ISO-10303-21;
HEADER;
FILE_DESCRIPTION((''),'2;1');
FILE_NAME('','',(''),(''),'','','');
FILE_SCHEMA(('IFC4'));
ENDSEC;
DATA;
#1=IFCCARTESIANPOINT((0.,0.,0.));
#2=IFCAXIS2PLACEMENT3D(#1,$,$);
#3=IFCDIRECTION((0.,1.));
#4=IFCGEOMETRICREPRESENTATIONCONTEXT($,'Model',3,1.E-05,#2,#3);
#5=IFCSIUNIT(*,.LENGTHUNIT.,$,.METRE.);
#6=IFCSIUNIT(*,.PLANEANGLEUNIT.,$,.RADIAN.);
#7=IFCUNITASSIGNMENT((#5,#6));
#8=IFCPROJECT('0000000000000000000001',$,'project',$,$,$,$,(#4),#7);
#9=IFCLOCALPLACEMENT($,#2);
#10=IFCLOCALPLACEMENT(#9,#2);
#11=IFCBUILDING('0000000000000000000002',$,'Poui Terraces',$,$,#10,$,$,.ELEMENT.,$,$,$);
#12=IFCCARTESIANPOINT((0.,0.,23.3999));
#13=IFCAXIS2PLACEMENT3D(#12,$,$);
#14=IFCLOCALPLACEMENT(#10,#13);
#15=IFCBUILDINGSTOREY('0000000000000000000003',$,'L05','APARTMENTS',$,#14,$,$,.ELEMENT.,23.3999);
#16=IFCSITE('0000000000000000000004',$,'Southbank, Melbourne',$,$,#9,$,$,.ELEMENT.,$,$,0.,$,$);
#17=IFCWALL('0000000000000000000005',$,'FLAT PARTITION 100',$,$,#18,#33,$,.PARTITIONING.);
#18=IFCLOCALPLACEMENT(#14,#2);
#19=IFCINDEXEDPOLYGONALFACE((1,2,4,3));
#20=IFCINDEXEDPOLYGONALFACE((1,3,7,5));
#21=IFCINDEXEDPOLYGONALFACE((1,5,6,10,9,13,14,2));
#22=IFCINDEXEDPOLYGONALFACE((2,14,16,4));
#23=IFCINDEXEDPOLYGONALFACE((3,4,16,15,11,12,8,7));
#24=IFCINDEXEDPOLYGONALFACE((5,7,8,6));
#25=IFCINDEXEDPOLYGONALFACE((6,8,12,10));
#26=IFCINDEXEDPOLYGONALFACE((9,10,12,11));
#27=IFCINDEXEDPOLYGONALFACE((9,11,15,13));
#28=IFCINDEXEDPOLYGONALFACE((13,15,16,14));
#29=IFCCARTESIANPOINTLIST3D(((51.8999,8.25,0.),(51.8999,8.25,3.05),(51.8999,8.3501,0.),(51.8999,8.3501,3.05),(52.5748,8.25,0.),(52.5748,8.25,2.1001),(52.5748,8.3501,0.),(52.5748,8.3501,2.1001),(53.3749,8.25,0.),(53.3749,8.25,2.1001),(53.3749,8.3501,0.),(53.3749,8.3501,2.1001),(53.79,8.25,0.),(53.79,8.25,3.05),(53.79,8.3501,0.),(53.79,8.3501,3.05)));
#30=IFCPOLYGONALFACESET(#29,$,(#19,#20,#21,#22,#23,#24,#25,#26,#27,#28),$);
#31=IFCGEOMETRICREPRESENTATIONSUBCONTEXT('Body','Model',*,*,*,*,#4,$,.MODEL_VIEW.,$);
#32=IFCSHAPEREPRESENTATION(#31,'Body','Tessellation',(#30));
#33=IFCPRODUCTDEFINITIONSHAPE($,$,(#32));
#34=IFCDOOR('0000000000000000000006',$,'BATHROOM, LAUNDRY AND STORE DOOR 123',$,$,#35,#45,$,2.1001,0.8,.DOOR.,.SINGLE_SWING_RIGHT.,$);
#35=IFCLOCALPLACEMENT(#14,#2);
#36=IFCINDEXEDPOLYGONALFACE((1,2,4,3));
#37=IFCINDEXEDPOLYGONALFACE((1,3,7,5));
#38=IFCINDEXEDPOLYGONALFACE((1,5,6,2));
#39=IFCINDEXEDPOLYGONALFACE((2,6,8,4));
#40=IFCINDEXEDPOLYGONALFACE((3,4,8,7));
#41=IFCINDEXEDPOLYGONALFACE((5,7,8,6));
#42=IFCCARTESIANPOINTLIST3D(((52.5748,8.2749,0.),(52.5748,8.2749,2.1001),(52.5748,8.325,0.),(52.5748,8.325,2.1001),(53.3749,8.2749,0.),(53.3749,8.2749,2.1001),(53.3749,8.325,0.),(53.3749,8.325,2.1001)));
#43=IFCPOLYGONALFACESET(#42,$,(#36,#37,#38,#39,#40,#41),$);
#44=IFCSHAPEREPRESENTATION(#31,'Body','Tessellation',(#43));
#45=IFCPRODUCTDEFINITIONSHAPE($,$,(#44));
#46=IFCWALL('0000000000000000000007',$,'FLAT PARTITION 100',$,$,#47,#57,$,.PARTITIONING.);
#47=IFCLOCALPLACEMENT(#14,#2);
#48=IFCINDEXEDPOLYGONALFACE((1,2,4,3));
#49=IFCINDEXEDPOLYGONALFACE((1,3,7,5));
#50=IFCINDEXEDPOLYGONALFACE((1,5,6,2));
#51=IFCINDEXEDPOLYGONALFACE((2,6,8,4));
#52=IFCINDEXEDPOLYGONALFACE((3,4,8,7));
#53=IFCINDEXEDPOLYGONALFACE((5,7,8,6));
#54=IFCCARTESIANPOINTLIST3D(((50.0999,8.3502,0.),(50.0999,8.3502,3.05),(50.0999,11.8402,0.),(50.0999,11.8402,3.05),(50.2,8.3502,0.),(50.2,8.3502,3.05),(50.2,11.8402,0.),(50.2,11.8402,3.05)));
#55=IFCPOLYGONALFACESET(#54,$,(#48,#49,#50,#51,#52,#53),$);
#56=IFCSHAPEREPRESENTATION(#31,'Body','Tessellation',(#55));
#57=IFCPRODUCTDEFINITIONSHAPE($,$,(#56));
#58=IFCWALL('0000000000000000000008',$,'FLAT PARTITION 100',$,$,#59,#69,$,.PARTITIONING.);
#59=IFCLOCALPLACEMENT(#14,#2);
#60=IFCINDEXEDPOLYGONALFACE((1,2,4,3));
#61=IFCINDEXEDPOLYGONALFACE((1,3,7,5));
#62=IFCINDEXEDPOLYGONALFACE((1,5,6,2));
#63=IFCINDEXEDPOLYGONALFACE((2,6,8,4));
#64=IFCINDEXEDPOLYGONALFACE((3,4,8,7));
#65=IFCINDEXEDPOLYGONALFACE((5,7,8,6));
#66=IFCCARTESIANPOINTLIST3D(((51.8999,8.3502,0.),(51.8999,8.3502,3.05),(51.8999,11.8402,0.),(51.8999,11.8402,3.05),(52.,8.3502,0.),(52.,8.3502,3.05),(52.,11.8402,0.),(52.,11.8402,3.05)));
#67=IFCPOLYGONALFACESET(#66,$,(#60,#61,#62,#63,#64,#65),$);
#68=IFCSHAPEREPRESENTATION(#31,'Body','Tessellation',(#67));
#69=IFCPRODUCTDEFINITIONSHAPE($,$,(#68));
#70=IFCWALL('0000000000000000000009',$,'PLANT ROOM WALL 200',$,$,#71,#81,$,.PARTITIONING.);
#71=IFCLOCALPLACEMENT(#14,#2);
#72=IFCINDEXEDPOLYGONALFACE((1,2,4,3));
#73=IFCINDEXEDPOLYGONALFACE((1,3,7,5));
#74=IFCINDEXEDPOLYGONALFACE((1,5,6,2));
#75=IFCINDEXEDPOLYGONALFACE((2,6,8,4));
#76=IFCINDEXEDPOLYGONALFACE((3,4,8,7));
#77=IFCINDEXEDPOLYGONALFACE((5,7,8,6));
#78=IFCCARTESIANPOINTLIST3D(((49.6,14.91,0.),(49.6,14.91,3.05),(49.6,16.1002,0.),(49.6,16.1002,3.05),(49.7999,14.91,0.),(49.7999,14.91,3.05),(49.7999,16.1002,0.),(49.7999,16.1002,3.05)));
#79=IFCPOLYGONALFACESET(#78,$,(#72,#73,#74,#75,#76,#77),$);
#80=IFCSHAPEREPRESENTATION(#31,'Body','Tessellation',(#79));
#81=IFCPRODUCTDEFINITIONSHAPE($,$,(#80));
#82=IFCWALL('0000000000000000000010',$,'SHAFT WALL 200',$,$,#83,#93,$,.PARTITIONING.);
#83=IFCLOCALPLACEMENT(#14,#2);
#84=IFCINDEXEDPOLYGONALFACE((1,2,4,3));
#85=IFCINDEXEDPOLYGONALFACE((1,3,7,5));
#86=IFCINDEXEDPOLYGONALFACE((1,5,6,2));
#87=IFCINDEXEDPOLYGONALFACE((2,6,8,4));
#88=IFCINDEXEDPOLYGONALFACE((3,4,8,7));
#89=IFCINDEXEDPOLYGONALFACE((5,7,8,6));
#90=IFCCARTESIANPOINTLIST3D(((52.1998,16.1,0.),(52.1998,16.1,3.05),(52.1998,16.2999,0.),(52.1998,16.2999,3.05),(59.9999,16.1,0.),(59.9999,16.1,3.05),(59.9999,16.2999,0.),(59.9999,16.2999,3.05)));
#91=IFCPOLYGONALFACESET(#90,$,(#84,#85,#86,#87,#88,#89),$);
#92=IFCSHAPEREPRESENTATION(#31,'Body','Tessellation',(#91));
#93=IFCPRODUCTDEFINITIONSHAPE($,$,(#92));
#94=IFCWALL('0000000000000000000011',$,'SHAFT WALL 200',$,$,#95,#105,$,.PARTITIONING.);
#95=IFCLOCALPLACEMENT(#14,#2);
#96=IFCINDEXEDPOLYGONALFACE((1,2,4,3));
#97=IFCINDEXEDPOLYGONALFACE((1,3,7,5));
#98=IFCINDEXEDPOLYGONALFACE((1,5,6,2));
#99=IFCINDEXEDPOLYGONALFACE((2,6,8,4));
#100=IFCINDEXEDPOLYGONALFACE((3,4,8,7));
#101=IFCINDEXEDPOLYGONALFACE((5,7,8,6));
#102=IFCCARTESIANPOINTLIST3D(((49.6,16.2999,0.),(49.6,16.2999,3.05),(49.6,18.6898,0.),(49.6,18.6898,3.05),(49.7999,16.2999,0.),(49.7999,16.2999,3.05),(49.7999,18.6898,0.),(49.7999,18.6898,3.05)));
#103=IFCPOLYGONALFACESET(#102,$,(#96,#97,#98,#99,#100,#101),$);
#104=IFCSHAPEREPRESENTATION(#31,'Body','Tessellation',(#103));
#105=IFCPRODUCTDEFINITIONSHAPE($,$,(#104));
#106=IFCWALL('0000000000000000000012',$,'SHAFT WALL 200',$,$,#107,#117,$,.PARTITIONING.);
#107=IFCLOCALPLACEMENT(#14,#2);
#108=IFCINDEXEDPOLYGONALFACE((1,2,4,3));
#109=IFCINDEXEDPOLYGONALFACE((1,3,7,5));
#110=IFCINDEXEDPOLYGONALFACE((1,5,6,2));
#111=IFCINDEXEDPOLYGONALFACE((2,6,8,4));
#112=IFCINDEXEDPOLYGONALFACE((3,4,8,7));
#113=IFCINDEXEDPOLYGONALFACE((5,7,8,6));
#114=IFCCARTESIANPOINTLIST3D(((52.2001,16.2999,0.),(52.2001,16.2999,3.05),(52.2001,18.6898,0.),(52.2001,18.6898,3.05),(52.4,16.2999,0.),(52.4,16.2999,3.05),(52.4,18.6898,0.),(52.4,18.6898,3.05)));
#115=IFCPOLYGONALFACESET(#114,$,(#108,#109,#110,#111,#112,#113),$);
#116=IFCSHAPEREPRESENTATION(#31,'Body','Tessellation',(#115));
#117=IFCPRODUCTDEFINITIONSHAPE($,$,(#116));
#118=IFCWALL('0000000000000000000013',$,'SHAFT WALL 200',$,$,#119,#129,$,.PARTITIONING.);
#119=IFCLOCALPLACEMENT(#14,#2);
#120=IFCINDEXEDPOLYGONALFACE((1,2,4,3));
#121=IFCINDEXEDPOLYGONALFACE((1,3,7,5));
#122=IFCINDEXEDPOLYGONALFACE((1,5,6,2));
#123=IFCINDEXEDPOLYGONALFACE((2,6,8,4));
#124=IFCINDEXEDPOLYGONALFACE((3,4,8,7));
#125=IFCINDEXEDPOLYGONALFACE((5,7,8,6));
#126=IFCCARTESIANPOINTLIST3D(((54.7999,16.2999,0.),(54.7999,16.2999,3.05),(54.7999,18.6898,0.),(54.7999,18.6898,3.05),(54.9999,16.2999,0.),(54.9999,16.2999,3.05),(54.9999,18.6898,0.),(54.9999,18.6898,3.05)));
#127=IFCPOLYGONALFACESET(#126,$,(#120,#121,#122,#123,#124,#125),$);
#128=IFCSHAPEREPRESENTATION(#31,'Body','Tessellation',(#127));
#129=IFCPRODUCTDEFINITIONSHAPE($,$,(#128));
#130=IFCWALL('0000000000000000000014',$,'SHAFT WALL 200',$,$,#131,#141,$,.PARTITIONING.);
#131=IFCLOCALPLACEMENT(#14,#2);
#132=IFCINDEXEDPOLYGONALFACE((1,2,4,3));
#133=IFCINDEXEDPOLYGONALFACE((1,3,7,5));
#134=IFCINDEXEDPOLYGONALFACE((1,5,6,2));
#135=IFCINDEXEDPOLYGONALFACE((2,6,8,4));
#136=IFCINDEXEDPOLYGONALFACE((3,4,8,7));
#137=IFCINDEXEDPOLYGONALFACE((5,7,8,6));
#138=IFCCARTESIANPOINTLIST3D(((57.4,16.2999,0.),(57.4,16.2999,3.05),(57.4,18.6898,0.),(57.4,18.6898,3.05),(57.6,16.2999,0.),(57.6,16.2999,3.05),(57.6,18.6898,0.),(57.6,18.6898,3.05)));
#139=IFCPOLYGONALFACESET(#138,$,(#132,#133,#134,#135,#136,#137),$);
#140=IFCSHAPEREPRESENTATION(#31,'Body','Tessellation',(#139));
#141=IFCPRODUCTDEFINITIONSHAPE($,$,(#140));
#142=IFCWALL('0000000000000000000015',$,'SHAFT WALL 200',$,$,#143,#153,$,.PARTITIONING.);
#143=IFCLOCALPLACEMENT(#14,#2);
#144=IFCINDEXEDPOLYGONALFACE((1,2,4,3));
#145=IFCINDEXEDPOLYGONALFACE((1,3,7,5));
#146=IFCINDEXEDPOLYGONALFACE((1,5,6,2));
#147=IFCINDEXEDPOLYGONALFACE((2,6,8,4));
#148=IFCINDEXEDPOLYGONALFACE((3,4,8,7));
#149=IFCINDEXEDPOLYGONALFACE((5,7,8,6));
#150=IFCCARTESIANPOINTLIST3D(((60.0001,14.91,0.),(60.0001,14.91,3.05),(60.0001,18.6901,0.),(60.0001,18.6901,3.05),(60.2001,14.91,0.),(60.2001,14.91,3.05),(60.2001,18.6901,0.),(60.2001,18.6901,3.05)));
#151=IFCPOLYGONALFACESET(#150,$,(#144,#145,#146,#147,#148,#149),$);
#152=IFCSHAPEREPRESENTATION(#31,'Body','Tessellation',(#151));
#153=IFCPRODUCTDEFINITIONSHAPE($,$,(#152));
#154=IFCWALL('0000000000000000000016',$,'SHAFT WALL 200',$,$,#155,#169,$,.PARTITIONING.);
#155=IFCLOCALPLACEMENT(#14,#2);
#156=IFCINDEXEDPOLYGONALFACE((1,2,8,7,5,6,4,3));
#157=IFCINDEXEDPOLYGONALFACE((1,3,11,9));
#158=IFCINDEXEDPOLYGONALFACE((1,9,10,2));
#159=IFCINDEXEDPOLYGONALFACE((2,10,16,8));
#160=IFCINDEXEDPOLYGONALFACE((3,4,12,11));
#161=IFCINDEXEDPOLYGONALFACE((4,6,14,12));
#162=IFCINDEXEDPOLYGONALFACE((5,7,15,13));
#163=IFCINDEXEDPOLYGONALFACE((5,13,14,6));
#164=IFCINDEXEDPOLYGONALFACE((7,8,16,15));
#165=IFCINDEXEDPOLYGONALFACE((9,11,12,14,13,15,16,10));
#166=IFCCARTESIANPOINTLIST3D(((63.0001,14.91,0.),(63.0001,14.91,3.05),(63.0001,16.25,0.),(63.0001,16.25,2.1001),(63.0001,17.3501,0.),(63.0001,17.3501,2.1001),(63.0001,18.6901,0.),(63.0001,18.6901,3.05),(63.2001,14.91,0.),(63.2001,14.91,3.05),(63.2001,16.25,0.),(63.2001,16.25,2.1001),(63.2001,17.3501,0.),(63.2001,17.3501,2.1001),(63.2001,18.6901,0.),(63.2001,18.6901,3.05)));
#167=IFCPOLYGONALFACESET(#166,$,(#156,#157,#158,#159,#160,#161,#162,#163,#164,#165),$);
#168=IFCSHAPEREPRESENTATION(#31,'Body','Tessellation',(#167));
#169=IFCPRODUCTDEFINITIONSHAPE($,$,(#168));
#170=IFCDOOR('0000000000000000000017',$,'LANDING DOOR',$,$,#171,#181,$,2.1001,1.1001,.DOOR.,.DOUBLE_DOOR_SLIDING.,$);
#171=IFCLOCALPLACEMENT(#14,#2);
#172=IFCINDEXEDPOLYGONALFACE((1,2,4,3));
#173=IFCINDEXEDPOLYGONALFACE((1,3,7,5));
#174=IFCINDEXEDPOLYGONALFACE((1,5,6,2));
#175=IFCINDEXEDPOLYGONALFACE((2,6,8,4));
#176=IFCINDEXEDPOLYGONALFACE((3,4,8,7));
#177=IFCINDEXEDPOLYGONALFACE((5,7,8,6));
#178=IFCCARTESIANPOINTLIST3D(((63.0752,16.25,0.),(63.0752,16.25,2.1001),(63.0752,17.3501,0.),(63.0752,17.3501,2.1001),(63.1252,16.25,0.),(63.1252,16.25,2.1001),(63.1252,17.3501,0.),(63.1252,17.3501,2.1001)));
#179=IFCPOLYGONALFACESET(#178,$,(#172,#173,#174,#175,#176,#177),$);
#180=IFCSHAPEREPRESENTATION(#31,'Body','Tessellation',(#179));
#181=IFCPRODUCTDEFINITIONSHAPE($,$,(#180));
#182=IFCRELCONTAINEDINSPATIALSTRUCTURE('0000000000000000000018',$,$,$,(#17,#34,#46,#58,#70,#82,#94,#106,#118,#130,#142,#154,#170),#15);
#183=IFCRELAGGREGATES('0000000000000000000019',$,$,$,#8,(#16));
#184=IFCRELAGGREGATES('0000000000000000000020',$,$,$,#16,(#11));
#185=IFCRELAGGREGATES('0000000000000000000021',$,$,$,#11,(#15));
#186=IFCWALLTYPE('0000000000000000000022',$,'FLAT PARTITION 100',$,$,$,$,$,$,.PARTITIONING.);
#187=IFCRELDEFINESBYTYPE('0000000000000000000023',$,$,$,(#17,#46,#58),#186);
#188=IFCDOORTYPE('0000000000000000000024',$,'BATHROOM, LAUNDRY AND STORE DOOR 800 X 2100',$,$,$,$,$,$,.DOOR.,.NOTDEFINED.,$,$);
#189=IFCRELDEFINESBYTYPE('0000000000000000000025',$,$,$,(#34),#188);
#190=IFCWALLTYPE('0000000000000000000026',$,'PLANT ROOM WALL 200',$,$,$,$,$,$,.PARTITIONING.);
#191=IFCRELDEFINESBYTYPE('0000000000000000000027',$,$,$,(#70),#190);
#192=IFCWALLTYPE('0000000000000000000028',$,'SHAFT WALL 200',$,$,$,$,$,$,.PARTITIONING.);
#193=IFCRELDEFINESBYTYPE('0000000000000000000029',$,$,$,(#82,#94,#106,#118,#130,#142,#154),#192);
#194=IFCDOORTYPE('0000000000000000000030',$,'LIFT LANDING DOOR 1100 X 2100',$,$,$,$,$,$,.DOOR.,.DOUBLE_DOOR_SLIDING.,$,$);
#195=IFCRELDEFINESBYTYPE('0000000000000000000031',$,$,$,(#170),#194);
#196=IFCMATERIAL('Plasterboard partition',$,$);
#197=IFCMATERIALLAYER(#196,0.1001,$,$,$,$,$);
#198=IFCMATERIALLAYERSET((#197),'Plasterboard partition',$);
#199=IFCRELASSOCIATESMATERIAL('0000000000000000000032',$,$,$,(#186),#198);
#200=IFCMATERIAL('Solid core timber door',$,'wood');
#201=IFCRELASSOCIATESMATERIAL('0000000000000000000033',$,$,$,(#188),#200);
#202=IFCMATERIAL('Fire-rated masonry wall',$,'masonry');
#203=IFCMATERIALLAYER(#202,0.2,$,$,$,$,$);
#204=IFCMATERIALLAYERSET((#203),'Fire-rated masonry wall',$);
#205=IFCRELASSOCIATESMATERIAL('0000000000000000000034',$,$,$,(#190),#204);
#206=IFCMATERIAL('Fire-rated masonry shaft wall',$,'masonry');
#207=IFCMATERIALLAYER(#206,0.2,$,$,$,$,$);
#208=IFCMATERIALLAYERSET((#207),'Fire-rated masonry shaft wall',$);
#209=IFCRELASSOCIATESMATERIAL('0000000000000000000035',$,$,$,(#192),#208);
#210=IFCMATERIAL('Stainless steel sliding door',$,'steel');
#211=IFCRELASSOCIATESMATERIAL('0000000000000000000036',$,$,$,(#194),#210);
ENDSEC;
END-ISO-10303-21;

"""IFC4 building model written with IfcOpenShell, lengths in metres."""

from ifc_helpers import new_model, si_unit, direction, frame, frame_2d, origin, place, context, subcontext, project, spatial, rectangle, extrude, material, layer, layer_set, type_object, element, fill, save


model = new_model("IFC4")

# Units and contexts
model_context = context("Model", 3, precision=1e-05, world=origin(), true_north=direction((0.0, 1.0)))
body_context = subcontext(model_context, "Body", "Model", "MODEL_VIEW")
ifc_project = project(units=[si_unit("LENGTHUNIT", "METRE"), si_unit("PLANEANGLEUNIT", "RADIAN")], contexts=[model_context])

# Site, building, storey
site_placement = place(None, origin())
site = spatial("IfcSite", under=ifc_project, at=site_placement, Name="Southbank, Melbourne", CompositionType="ELEMENT", RefElevation=0.0)
building_placement = place(site_placement, origin())
building = spatial("IfcBuilding", under=site, at=building_placement, Name="Poui Terraces", CompositionType="ELEMENT")
storey_placement = place(building_placement, frame((0.0, 0.0, 23.3999)))
storey = spatial("IfcBuildingStorey", under=building, at=storey_placement, Name="L05", Description="APARTMENTS", CompositionType="ELEMENT", Elevation=23.3999)

# Wall, opening, door
ifc_material_1 = material(Name="Plasterboard partition")
ifc_layer_1 = layer(ifc_material_1, 0.1001)
ifc_layer_set_1 = layer_set([ifc_layer_1], Name="Plasterboard partition")
wall_type_1 = type_object("IfcWallType", Name="FLAT PARTITION 100", PredefinedType="PARTITIONING", material=ifc_layer_set_1)
ifc_material_2 = material(Name="Solid core timber door", Category="wood")
wall_1_placement = place(storey_placement, frame((51.8999, 8.3, 0.0), z_axis=(0.0, 0.0, 1.0), x_axis=(1.0, 0.0, 0.0)))
wall_1 = element("IfcWall", 1, at=wall_1_placement, inside=storey, type_object=wall_type_1, Name="FLAT PARTITION 100", PredefinedType="PARTITIONING", context=body_context, shape_type="SweptSolid", body=[
    extrude(rectangle(XDim=1.8901, YDim=0.1001, at=frame_2d((0.9451, 0.0))), origin(), (0.0, 0.0, 1.0), 3.05),
])
opening_1_placement = place(wall_1_placement, frame((0.675, 0.0, 0.0)))
opening_1 = element("IfcOpeningElement", 2, at=opening_1_placement, cuts=wall_1, PredefinedType="OPENING", context=body_context, shape_type="SweptSolid", body=[
    extrude(rectangle(XDim=0.8, YDim=2.1001, at=frame_2d((0.3999, 1.05))), frame((0.0, 0.0601, 0.0), z_axis=(0.0, -1.0, 0.0), x_axis=(1.0, 0.0, 0.0)), (0.0, 0.0, 1.0), 0.1201),
])
door_type_1 = type_object("IfcDoorType", Name="BATHROOM, LAUNDRY AND STORE DOOR 800 X 2100", OperationType="NOTDEFINED", PredefinedType="DOOR", material=ifc_material_2)
door_1_placement = place(opening_1_placement, origin())
door_1 = element("IfcDoor", 3, at=door_1_placement, inside=storey, type_object=door_type_1, Name="BATHROOM, LAUNDRY AND STORE DOOR 123", OperationType="SINGLE_SWING_RIGHT", OverallHeight=2.1001, OverallWidth=0.8, PredefinedType="DOOR", context=body_context, shape_type="SweptSolid", body=[
    extrude(rectangle(XDim=0.8, YDim=2.1001, at=frame_2d((0.3999, 1.05))), frame((0.0, 0.0249, 0.0), z_axis=(0.0, -1.0, 0.0), x_axis=(1.0, 0.0, 0.0)), (0.0, 0.0, 1.0), 0.05),
])
fill(opening_1, door_1)

# Walls
for number, where, z_axis, x_axis, name in (
    (4, (50.1499, 8.3501, 0.0), (0.0, 0.0, 1.0), (0.0, 1.0, 0.0), "FLAT PARTITION 100"),
    (5, (51.95, 8.3501, 0.0), (0.0, 0.0, 1.0), (0.0, 1.0, 0.0), "FLAT PARTITION 100"),
):
    element("IfcWall", number, at=place(storey_placement, frame(where, z_axis=z_axis, x_axis=x_axis)), inside=storey, type_object=wall_type_1, Name=name, PredefinedType="PARTITIONING", context=body_context, shape_type="SweptSolid", body=[
        extrude(rectangle(XDim=3.49, YDim=0.1001, at=frame_2d((1.7451, 0.0))), origin(), (0.0, 0.0, 1.0), 3.05),
    ])
ifc_material_3 = material(Name="Fire-rated masonry wall", Category="masonry")
ifc_layer_2 = layer(ifc_material_3, 0.2)
ifc_layer_set_2 = layer_set([ifc_layer_2], Name="Fire-rated masonry wall")
wall_type_2 = type_object("IfcWallType", Name="PLANT ROOM WALL 200", PredefinedType="PARTITIONING", material=ifc_layer_set_2)
wall_2_placement = place(storey_placement, frame((49.7, 14.9099, 0.0), z_axis=(0.0, 0.0, 1.0), x_axis=(0.0, 1.0, 0.0)))
element("IfcWall", 6, at=wall_2_placement, inside=storey, type_object=wall_type_2, Name="PLANT ROOM WALL 200", PredefinedType="PARTITIONING", context=body_context, shape_type="SweptSolid", body=[
    extrude(rectangle(XDim=1.1902, YDim=0.2, at=frame_2d((0.5952, 0.0))), origin(), (0.0, 0.0, 1.0), 3.05),
])
ifc_material_4 = material(Name="Fire-rated masonry shaft wall", Category="masonry")
ifc_layer_3 = layer(ifc_material_4, 0.2)
ifc_layer_set_3 = layer_set([ifc_layer_3], Name="Fire-rated masonry shaft wall")
wall_type_3 = type_object("IfcWallType", Name="SHAFT WALL 200", PredefinedType="PARTITIONING", material=ifc_layer_set_3)
wall_3_placement = place(storey_placement, frame((52.2, 16.2, 0.0), z_axis=(0.0, 0.0, 1.0), x_axis=(1.0, 0.0, 0.0)))
element("IfcWall", 7, at=wall_3_placement, inside=storey, type_object=wall_type_3, Name="SHAFT WALL 200", PredefinedType="PARTITIONING", context=body_context, shape_type="SweptSolid", body=[
    extrude(rectangle(XDim=7.8, YDim=0.2, at=frame_2d((3.8999, 0.0))), origin(), (0.0, 0.0, 1.0), 3.05),
])
for number, where, z_axis, x_axis, name in (
    (8, (49.7, 16.3, 0.0), (0.0, 0.0, 1.0), (0.0, 1.0, 0.0), "SHAFT WALL 200"),
    (9, (52.3, 16.3, 0.0), (0.0, 0.0, 1.0), (0.0, 1.0, 0.0), "SHAFT WALL 200"),
    (10, (54.8999, 16.3, 0.0), (0.0, 0.0, 1.0), (0.0, 1.0, 0.0), "SHAFT WALL 200"),
    (11, (57.5, 16.3, 0.0), (0.0, 0.0, 1.0), (0.0, 1.0, 0.0), "SHAFT WALL 200"),
):
    element("IfcWall", number, at=place(storey_placement, frame(where, z_axis=z_axis, x_axis=x_axis)), inside=storey, type_object=wall_type_3, Name=name, PredefinedType="PARTITIONING", context=body_context, shape_type="SweptSolid", body=[
        extrude(rectangle(XDim=2.3899, YDim=0.2, at=frame_2d((1.1948, 0.0))), origin(), (0.0, 0.0, 1.0), 3.05),
    ])
wall_4_placement = place(storey_placement, frame((60.1001, 14.9099, 0.0), z_axis=(0.0, 0.0, 1.0), x_axis=(0.0, 1.0, 0.0)))
element("IfcWall", 12, at=wall_4_placement, inside=storey, type_object=wall_type_3, Name="SHAFT WALL 200", PredefinedType="PARTITIONING", context=body_context, shape_type="SweptSolid", body=[
    extrude(rectangle(XDim=3.78, YDim=0.2, at=frame_2d((1.8901, 0.0))), origin(), (0.0, 0.0, 1.0), 3.05),
])

# Wall, opening, door
wall_5_placement = place(storey_placement, frame((63.1001, 14.9099, 0.0), z_axis=(0.0, 0.0, 1.0), x_axis=(0.0, 1.0, 0.0)))
wall_5 = element("IfcWall", 13, at=wall_5_placement, inside=storey, type_object=wall_type_3, Name="SHAFT WALL 200", PredefinedType="PARTITIONING", context=body_context, shape_type="SweptSolid", body=[
    extrude(rectangle(XDim=3.78, YDim=0.2, at=frame_2d((1.8901, 0.0))), origin(), (0.0, 0.0, 1.0), 3.05),
])
opening_2_placement = place(wall_5_placement, frame((1.3401, 0.0, 0.0)))
opening_2 = element("IfcOpeningElement", 14, at=opening_2_placement, cuts=wall_5, PredefinedType="OPENING", context=body_context, shape_type="SweptSolid", body=[
    extrude(rectangle(XDim=1.1001, YDim=2.1001, at=frame_2d((0.55, 1.05))), frame((0.0, 0.1099, 0.0), z_axis=(0.0, -1.0, 0.0), x_axis=(1.0, 0.0, 0.0)), (0.0, 0.0, 1.0), 0.22),
])
ifc_material_5 = material(Name="Stainless steel sliding door", Category="steel")
door_type_2 = type_object("IfcDoorType", Name="LIFT LANDING DOOR 1100 X 2100", OperationType="DOUBLE_DOOR_SLIDING", PredefinedType="DOOR", material=ifc_material_5)
door_2_placement = place(opening_2_placement, origin())
door_2 = element("IfcDoor", 15, at=door_2_placement, inside=storey, type_object=door_type_2, Name="LANDING DOOR", OperationType="DOUBLE_DOOR_SLIDING", OverallHeight=2.1001, OverallWidth=1.1001, PredefinedType="DOOR", context=body_context, shape_type="SweptSolid", body=[
    extrude(rectangle(XDim=1.1001, YDim=2.1001, at=frame_2d((0.55, 1.05))), frame((0.0, 0.0249, 0.0), z_axis=(0.0, -1.0, 0.0), x_axis=(1.0, 0.0, 0.0)), (0.0, 0.0, 1.0), 0.05),
])
fill(opening_2, door_2)

save(model, "model.ifc")
